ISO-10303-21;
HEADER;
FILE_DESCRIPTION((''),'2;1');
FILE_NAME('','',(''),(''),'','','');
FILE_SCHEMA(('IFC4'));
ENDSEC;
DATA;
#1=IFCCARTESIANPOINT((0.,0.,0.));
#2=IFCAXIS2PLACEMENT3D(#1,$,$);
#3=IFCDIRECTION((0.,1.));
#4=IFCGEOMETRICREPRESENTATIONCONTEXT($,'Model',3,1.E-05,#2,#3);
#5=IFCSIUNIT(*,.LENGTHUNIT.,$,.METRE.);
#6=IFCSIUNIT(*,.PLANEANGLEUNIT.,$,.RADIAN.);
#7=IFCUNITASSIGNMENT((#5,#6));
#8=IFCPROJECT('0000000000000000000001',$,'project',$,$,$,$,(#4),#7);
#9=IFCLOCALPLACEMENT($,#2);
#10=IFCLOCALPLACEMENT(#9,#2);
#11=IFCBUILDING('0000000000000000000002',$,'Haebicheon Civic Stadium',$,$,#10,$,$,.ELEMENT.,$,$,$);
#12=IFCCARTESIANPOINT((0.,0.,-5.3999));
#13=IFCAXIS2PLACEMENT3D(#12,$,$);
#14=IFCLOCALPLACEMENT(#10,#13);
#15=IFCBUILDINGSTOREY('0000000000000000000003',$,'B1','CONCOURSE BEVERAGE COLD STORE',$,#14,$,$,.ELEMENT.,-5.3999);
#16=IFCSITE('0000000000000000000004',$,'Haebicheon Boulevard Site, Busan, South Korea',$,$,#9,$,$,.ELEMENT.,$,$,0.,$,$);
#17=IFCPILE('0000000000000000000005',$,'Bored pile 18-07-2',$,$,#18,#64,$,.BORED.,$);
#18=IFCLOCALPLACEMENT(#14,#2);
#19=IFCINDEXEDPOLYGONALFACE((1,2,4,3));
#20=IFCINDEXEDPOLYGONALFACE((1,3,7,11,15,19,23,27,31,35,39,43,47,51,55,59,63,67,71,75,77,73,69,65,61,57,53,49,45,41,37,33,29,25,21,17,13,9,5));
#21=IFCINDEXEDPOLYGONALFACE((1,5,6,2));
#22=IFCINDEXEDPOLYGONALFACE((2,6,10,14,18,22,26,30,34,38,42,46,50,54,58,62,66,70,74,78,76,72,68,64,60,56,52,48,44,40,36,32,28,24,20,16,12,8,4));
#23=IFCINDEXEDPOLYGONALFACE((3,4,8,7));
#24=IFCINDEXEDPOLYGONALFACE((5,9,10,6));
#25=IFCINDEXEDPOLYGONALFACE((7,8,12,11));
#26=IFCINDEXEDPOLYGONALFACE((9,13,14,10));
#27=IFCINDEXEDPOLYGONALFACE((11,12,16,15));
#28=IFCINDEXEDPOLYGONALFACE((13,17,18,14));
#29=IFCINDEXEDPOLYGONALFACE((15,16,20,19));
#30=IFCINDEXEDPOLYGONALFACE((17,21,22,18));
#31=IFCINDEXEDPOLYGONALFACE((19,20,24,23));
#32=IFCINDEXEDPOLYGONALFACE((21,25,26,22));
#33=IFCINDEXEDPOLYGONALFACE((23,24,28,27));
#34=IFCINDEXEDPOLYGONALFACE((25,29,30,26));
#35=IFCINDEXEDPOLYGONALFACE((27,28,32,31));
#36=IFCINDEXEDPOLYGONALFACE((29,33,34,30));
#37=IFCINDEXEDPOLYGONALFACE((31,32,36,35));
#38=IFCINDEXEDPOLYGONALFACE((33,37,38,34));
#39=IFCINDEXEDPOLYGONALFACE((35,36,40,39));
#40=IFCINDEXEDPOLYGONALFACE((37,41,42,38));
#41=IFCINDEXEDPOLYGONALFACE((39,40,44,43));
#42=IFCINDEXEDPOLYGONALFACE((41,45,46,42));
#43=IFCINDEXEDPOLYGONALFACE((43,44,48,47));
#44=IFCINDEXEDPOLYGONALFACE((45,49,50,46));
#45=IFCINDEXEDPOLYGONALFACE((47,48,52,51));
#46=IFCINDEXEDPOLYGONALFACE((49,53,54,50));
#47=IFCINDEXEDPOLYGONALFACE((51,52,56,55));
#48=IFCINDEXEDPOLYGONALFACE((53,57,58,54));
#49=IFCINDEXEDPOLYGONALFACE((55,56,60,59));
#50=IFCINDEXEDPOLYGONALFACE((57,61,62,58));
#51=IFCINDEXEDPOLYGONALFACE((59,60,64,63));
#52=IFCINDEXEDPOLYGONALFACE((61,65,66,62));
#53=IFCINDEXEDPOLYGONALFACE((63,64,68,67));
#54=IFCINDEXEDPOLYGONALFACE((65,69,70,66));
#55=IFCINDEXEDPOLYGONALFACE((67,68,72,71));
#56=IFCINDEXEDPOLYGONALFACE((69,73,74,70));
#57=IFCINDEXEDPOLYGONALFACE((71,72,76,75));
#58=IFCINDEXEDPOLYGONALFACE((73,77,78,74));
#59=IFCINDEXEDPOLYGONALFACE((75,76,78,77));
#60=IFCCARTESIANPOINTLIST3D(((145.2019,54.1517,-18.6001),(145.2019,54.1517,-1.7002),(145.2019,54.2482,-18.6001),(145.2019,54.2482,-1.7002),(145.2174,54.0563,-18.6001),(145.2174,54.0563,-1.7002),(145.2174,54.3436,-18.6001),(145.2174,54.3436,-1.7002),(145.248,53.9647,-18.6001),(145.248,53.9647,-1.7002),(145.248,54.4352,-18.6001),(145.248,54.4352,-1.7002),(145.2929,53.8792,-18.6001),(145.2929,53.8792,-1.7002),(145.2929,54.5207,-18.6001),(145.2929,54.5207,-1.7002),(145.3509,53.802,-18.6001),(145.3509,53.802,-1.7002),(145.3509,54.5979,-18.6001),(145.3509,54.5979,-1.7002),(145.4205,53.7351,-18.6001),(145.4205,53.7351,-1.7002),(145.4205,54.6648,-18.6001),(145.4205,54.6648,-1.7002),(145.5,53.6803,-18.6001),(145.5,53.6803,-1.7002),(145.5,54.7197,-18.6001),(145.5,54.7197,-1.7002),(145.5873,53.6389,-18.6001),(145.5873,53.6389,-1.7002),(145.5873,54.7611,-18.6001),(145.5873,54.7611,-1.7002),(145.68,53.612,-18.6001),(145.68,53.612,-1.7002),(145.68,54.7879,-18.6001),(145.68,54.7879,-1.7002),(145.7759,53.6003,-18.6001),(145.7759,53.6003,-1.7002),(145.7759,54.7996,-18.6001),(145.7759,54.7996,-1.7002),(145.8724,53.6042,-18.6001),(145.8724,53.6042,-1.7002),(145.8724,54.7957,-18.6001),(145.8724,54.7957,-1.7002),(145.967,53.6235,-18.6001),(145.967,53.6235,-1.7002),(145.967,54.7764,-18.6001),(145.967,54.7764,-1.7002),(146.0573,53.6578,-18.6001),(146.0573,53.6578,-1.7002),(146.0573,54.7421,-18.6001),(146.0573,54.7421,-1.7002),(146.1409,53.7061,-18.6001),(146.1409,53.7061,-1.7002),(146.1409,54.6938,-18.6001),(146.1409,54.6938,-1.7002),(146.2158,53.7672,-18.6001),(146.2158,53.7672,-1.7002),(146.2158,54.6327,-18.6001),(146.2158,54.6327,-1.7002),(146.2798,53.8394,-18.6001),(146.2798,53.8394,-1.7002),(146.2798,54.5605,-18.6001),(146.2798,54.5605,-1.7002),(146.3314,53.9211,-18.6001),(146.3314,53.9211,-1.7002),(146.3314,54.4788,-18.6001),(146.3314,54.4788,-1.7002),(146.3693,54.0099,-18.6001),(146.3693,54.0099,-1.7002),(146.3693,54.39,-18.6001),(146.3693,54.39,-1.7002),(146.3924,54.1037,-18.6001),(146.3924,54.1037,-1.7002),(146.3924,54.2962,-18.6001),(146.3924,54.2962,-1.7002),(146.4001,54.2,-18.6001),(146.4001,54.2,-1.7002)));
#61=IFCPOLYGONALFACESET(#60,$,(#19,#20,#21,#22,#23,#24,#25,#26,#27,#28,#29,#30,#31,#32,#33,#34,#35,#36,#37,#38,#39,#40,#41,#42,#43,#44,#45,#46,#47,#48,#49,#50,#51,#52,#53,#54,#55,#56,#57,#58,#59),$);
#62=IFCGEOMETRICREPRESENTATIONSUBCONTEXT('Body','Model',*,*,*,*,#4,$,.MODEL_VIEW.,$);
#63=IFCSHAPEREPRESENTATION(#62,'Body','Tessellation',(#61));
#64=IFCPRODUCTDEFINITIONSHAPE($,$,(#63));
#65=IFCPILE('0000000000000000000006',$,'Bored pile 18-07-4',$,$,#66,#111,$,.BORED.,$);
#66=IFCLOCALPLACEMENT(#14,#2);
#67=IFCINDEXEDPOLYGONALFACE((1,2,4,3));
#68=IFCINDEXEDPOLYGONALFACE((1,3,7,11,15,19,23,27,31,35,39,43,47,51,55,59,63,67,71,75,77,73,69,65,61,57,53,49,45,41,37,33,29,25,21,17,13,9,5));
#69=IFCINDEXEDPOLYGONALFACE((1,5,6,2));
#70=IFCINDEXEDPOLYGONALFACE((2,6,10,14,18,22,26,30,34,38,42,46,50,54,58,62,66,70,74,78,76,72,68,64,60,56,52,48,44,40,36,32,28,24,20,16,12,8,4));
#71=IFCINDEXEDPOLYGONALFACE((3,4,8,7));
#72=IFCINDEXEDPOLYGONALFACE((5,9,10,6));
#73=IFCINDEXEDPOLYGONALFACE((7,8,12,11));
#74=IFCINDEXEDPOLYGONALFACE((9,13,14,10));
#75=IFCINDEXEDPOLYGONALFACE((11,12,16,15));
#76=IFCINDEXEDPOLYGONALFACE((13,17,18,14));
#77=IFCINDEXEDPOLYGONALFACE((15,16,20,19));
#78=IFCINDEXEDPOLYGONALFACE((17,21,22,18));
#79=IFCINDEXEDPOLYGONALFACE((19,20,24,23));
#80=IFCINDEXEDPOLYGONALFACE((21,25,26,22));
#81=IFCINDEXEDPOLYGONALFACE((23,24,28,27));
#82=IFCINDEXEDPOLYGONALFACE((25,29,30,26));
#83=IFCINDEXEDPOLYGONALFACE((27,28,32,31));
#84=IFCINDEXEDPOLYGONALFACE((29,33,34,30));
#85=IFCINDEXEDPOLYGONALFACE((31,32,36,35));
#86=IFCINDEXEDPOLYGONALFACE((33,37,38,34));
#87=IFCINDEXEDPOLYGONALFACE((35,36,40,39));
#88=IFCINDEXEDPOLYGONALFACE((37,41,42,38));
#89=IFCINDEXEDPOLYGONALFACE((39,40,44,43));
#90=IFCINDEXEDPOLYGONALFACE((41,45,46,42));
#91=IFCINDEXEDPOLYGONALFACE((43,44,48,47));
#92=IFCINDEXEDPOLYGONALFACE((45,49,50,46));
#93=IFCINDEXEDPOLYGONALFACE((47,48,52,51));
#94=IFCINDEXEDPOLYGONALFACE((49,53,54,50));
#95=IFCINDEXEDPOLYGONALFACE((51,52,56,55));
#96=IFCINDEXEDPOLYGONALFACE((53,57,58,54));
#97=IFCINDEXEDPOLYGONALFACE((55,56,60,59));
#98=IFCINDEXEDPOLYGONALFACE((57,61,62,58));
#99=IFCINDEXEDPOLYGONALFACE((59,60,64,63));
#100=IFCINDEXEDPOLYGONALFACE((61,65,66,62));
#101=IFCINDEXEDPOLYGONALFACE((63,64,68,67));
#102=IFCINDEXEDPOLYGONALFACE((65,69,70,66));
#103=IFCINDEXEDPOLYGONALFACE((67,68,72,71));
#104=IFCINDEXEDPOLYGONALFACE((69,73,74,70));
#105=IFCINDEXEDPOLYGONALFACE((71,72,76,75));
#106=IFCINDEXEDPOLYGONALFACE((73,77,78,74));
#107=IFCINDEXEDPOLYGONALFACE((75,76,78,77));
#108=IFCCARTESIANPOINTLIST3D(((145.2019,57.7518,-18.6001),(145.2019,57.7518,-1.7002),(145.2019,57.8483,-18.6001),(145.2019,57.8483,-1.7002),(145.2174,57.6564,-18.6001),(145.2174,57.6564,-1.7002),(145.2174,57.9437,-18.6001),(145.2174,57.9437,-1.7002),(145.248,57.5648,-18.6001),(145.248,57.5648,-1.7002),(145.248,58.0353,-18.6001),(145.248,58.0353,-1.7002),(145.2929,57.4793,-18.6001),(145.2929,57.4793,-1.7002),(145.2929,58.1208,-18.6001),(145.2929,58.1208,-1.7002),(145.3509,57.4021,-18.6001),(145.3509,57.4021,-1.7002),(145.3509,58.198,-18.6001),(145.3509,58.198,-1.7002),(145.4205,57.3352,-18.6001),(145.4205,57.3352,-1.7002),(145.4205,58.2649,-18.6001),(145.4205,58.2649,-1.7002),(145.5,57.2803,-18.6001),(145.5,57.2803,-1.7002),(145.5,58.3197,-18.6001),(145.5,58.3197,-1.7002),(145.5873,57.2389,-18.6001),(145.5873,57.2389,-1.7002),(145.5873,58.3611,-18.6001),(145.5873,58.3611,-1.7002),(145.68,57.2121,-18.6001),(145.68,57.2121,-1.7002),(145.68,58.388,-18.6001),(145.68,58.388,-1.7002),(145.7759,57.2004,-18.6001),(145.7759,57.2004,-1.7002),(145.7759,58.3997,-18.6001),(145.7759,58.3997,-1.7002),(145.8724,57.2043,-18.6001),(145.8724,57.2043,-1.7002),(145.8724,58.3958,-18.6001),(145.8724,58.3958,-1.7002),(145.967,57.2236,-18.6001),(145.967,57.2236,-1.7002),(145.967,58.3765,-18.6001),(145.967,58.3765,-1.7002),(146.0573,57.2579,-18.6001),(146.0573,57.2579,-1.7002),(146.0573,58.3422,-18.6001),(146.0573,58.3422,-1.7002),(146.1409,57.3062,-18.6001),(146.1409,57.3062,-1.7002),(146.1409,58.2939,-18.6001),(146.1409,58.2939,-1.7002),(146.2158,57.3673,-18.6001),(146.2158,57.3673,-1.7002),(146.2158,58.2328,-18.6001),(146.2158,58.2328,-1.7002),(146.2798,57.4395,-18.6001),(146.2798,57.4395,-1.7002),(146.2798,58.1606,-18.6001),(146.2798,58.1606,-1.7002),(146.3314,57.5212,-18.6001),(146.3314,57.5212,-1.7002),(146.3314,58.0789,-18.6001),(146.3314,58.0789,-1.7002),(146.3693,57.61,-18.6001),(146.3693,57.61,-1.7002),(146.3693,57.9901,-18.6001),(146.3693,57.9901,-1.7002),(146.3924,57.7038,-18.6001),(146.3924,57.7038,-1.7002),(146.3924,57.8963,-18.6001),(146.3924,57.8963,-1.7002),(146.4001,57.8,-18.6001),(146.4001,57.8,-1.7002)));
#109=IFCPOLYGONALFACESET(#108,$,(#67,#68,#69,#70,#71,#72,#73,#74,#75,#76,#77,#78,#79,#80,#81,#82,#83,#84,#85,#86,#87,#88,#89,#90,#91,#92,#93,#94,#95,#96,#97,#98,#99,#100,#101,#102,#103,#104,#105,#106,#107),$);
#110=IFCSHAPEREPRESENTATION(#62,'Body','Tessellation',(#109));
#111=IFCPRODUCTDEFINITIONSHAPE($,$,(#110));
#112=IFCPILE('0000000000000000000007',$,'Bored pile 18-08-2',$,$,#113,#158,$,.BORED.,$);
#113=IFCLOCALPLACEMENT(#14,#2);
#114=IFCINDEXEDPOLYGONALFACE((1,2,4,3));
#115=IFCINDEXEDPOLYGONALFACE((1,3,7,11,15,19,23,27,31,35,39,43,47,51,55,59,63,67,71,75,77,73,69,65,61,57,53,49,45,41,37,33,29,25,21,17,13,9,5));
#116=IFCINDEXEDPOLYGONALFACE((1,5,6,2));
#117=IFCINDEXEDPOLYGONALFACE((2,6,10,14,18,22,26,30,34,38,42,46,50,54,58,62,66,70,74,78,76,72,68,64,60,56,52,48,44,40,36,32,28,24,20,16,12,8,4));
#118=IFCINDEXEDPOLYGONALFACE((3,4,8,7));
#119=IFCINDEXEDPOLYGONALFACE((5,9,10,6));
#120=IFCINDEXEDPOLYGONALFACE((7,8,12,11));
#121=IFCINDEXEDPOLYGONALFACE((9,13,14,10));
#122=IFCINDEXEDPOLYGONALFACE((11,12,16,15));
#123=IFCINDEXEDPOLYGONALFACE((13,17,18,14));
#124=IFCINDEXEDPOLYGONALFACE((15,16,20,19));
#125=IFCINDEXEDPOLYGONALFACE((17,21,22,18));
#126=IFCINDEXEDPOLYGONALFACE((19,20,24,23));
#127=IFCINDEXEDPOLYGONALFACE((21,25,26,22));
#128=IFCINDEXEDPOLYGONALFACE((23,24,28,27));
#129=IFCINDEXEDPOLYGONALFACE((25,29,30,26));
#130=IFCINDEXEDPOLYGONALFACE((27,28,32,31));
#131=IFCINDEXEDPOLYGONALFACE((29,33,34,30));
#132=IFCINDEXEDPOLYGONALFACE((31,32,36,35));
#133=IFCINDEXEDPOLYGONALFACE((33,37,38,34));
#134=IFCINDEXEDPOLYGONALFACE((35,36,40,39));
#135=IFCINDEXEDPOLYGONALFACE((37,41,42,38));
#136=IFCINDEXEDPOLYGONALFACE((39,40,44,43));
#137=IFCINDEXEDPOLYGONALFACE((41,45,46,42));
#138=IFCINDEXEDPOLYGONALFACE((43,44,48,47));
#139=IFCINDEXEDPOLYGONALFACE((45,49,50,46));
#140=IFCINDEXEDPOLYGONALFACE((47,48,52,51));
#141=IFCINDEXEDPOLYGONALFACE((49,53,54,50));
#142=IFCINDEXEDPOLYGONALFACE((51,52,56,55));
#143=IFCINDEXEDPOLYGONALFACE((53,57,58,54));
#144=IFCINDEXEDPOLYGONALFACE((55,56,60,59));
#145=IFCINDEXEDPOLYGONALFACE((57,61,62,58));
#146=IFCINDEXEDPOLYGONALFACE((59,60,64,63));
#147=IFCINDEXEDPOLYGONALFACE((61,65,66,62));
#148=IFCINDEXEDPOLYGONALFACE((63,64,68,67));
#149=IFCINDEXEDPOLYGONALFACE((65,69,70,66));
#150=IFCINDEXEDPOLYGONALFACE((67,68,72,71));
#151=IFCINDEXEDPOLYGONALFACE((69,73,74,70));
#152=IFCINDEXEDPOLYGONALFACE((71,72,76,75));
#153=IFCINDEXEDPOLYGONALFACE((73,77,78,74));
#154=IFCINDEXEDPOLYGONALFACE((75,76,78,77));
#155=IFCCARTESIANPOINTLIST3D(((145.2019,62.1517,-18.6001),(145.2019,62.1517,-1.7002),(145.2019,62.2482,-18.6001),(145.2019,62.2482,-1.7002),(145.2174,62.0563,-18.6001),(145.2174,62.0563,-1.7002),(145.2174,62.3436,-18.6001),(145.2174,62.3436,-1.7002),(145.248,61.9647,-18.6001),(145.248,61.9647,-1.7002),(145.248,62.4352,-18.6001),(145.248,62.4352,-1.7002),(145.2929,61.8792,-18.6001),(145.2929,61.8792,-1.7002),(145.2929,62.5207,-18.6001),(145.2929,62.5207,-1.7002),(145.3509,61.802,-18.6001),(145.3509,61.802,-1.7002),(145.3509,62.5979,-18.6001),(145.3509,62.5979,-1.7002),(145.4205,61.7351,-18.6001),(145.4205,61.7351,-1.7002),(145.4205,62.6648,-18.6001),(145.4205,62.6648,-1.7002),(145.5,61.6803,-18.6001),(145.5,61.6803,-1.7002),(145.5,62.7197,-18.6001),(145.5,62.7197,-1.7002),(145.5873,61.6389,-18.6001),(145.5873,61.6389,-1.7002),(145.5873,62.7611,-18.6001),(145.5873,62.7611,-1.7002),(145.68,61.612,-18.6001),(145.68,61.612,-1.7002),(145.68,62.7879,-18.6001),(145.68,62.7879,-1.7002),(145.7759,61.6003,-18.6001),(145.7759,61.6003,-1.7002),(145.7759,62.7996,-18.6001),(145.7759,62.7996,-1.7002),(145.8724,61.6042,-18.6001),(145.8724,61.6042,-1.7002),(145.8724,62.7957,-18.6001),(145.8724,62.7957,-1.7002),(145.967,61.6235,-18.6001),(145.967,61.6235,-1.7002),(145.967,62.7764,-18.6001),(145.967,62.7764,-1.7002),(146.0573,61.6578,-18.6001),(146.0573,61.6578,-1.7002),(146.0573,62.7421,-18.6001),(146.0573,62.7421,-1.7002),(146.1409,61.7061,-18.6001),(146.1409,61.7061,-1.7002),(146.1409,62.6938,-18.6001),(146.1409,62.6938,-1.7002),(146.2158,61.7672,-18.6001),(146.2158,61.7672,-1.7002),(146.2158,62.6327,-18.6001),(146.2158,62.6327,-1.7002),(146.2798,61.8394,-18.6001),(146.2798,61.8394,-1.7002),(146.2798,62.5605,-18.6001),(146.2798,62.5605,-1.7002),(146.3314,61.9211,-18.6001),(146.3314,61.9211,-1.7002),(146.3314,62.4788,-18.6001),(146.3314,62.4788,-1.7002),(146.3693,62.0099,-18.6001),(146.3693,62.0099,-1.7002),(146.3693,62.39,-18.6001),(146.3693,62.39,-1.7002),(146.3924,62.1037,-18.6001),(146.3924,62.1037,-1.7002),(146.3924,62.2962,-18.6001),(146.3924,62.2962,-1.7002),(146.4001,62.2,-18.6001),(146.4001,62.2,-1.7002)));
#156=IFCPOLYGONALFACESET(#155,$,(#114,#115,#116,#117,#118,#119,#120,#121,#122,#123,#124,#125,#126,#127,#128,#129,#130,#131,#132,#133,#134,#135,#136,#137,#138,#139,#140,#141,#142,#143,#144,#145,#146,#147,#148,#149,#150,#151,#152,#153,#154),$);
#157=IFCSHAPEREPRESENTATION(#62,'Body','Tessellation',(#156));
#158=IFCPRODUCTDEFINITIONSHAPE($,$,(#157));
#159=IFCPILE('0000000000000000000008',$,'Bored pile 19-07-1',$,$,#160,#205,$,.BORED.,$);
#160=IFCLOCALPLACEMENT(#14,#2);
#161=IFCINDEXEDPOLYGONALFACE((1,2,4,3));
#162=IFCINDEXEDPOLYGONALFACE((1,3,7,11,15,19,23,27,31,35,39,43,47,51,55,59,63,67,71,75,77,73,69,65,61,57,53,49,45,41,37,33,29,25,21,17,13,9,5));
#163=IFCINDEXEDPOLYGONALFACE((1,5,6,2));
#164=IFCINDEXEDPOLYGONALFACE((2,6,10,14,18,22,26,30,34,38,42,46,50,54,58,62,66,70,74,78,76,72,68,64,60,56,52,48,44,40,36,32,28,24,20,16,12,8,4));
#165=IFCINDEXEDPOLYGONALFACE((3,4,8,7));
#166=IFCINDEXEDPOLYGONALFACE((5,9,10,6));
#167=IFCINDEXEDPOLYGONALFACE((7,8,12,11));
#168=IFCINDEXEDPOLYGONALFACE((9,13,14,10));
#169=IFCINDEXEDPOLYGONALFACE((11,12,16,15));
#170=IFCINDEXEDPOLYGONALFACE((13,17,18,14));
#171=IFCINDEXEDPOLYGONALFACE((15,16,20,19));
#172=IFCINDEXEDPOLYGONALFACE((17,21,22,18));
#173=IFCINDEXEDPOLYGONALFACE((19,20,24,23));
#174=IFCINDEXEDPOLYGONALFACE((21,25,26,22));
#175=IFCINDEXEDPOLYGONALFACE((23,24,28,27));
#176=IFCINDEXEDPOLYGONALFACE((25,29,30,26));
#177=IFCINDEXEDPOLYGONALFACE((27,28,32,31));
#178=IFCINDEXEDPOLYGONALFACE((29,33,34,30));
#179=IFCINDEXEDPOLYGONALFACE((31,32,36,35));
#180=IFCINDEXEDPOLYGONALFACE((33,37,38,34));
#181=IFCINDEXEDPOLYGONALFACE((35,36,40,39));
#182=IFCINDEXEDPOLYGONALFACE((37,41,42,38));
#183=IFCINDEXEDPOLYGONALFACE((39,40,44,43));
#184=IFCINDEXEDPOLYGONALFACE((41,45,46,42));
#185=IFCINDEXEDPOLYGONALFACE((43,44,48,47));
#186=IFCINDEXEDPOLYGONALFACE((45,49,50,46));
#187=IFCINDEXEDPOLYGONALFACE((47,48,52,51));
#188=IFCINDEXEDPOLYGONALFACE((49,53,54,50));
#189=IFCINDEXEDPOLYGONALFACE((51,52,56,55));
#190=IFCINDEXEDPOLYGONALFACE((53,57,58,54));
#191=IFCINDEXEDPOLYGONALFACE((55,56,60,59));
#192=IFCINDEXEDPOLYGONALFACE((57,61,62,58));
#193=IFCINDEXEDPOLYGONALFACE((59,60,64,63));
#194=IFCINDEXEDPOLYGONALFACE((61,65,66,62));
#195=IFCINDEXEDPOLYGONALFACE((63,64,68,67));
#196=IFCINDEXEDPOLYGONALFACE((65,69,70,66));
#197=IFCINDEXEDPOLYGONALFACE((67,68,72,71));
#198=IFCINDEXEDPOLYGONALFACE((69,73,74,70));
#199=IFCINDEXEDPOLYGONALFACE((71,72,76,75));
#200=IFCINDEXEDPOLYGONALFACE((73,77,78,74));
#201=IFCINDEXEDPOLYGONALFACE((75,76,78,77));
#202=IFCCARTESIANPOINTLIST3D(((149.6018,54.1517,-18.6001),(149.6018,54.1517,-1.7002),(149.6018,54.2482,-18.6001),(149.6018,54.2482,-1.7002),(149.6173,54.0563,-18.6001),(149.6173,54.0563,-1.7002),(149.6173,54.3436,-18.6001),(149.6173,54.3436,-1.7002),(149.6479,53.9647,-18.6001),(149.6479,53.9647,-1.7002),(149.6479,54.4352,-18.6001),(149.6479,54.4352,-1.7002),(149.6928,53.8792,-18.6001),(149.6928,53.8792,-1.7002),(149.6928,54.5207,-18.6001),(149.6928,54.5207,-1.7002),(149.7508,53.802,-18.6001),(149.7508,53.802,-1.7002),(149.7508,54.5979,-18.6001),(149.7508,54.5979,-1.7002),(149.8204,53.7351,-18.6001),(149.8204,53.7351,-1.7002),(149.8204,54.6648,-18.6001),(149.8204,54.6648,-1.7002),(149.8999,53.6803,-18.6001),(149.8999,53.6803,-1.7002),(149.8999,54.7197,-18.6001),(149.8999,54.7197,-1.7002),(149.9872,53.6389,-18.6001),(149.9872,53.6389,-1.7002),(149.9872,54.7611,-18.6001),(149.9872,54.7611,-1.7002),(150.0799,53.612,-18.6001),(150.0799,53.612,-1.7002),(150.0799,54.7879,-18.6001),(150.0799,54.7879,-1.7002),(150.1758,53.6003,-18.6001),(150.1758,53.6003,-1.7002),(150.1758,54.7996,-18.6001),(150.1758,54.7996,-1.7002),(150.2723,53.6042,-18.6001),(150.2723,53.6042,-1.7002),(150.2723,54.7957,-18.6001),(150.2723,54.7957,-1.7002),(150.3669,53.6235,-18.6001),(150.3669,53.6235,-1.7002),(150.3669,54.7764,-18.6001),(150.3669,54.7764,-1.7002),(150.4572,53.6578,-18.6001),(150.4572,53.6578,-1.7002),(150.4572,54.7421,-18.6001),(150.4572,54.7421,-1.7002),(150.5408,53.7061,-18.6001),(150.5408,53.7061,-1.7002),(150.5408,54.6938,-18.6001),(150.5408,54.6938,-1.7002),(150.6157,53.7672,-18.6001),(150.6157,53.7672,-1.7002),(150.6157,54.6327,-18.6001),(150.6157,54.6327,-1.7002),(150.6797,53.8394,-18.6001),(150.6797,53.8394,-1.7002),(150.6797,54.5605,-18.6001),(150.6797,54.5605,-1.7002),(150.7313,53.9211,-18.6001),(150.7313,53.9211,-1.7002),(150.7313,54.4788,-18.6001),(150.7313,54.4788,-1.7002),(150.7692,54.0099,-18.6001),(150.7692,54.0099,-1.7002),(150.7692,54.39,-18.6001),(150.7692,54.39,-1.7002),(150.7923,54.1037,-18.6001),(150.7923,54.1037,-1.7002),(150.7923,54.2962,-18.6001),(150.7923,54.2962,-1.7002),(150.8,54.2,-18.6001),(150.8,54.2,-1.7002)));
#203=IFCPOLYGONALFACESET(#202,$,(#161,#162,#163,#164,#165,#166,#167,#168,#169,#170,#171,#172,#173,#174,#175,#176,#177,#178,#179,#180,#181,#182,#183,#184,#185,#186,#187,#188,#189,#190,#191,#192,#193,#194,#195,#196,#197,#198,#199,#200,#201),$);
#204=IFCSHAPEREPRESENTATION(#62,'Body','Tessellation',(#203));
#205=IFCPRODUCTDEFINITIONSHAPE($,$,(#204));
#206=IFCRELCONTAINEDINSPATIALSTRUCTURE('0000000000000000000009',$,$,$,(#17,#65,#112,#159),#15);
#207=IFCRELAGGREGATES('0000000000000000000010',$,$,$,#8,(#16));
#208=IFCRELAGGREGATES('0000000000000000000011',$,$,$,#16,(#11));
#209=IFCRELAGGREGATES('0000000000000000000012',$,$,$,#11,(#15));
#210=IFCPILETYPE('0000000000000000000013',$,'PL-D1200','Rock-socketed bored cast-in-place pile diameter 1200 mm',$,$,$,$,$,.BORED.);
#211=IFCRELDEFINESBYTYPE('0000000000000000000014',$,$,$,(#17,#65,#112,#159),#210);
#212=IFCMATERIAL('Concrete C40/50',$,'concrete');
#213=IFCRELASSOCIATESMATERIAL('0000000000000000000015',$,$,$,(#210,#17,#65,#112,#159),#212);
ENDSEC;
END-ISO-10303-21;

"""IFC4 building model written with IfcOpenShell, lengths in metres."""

from ifc_helpers import new_model, si_unit, direction, frame, origin, origin_2d, place, context, subcontext, project, spatial, circle, extrude, material, material_profile, profile_set, type_object, element, save


model = new_model("IFC4")

# Units and contexts
model_context = context("Model", 3, precision=1e-05, world=origin(), true_north=direction((0.0, 1.0)))
body_context = subcontext(model_context, "Body", "Model", "MODEL_VIEW")
ifc_project = project(units=[si_unit("LENGTHUNIT", "METRE"), si_unit("PLANEANGLEUNIT", "RADIAN")], contexts=[model_context])

# Site, building, storey
site_placement = place(None, origin())
site = spatial("IfcSite", under=ifc_project, at=site_placement, Name="Haebicheon Boulevard Site, Busan, South Korea", CompositionType="ELEMENT", RefElevation=0.0)
building_placement = place(site_placement, origin())
building = spatial("IfcBuilding", under=site, at=building_placement, Name="Haebicheon Civic Stadium", CompositionType="ELEMENT")
storey_placement = place(building_placement, frame((0.0, 0.0, -5.3999)))
storey = spatial("IfcBuildingStorey", under=building, at=storey_placement, Name="B1", Description="CONCOURSE BEVERAGE COLD STORE", CompositionType="ELEMENT", Elevation=-5.3999)

# Piles
ifc_material_1 = material(Name="Concrete C40/50", Category="concrete")
ifc_material_profile_1 = material_profile(ifc_material_1, circle(Radius=0.6001, at=origin_2d()), Name="PILE-D1200")
ifc_profile_set_1 = profile_set([ifc_material_profile_1], Name="Concrete C40/50")
pile_type_1 = type_object("IfcPileType", Name="PL-D1200", Description="Rock-socketed bored cast-in-place pile diameter 1200 mm", PredefinedType="BORED", material=ifc_profile_set_1)
for number, where, z_axis, x_axis, name in (
    (1, (145.8, 54.2, -1.7002), (0.0, 0.0, -1.0), (1.0, 0.0, 0.0), "Bored pile 18-07-2"),
    (2, (145.8, 57.8, -1.7002), (0.0, 0.0, -1.0), (1.0, 0.0, 0.0), "Bored pile 18-07-4"),
    (3, (145.8, 62.2, -1.7002), (0.0, 0.0, -1.0), (1.0, 0.0, 0.0), "Bored pile 18-08-2"),
    (4, (150.2, 54.2, -1.7002), (0.0, 0.0, -1.0), (1.0, 0.0, 0.0), "Bored pile 19-07-1"),
):
    element("IfcPile", number, at=place(storey_placement, frame(where, z_axis=z_axis, x_axis=x_axis)), inside=storey, type_object=pile_type_1, material=ifc_profile_set_1, Name=name, PredefinedType="BORED", context=body_context, shape_type="SweptSolid", body=[
        extrude(circle(Radius=0.6001, at=origin_2d()), origin(), (0.0, 0.0, 1.0), 16.8999),
    ])

save(model, "model.ifc")
